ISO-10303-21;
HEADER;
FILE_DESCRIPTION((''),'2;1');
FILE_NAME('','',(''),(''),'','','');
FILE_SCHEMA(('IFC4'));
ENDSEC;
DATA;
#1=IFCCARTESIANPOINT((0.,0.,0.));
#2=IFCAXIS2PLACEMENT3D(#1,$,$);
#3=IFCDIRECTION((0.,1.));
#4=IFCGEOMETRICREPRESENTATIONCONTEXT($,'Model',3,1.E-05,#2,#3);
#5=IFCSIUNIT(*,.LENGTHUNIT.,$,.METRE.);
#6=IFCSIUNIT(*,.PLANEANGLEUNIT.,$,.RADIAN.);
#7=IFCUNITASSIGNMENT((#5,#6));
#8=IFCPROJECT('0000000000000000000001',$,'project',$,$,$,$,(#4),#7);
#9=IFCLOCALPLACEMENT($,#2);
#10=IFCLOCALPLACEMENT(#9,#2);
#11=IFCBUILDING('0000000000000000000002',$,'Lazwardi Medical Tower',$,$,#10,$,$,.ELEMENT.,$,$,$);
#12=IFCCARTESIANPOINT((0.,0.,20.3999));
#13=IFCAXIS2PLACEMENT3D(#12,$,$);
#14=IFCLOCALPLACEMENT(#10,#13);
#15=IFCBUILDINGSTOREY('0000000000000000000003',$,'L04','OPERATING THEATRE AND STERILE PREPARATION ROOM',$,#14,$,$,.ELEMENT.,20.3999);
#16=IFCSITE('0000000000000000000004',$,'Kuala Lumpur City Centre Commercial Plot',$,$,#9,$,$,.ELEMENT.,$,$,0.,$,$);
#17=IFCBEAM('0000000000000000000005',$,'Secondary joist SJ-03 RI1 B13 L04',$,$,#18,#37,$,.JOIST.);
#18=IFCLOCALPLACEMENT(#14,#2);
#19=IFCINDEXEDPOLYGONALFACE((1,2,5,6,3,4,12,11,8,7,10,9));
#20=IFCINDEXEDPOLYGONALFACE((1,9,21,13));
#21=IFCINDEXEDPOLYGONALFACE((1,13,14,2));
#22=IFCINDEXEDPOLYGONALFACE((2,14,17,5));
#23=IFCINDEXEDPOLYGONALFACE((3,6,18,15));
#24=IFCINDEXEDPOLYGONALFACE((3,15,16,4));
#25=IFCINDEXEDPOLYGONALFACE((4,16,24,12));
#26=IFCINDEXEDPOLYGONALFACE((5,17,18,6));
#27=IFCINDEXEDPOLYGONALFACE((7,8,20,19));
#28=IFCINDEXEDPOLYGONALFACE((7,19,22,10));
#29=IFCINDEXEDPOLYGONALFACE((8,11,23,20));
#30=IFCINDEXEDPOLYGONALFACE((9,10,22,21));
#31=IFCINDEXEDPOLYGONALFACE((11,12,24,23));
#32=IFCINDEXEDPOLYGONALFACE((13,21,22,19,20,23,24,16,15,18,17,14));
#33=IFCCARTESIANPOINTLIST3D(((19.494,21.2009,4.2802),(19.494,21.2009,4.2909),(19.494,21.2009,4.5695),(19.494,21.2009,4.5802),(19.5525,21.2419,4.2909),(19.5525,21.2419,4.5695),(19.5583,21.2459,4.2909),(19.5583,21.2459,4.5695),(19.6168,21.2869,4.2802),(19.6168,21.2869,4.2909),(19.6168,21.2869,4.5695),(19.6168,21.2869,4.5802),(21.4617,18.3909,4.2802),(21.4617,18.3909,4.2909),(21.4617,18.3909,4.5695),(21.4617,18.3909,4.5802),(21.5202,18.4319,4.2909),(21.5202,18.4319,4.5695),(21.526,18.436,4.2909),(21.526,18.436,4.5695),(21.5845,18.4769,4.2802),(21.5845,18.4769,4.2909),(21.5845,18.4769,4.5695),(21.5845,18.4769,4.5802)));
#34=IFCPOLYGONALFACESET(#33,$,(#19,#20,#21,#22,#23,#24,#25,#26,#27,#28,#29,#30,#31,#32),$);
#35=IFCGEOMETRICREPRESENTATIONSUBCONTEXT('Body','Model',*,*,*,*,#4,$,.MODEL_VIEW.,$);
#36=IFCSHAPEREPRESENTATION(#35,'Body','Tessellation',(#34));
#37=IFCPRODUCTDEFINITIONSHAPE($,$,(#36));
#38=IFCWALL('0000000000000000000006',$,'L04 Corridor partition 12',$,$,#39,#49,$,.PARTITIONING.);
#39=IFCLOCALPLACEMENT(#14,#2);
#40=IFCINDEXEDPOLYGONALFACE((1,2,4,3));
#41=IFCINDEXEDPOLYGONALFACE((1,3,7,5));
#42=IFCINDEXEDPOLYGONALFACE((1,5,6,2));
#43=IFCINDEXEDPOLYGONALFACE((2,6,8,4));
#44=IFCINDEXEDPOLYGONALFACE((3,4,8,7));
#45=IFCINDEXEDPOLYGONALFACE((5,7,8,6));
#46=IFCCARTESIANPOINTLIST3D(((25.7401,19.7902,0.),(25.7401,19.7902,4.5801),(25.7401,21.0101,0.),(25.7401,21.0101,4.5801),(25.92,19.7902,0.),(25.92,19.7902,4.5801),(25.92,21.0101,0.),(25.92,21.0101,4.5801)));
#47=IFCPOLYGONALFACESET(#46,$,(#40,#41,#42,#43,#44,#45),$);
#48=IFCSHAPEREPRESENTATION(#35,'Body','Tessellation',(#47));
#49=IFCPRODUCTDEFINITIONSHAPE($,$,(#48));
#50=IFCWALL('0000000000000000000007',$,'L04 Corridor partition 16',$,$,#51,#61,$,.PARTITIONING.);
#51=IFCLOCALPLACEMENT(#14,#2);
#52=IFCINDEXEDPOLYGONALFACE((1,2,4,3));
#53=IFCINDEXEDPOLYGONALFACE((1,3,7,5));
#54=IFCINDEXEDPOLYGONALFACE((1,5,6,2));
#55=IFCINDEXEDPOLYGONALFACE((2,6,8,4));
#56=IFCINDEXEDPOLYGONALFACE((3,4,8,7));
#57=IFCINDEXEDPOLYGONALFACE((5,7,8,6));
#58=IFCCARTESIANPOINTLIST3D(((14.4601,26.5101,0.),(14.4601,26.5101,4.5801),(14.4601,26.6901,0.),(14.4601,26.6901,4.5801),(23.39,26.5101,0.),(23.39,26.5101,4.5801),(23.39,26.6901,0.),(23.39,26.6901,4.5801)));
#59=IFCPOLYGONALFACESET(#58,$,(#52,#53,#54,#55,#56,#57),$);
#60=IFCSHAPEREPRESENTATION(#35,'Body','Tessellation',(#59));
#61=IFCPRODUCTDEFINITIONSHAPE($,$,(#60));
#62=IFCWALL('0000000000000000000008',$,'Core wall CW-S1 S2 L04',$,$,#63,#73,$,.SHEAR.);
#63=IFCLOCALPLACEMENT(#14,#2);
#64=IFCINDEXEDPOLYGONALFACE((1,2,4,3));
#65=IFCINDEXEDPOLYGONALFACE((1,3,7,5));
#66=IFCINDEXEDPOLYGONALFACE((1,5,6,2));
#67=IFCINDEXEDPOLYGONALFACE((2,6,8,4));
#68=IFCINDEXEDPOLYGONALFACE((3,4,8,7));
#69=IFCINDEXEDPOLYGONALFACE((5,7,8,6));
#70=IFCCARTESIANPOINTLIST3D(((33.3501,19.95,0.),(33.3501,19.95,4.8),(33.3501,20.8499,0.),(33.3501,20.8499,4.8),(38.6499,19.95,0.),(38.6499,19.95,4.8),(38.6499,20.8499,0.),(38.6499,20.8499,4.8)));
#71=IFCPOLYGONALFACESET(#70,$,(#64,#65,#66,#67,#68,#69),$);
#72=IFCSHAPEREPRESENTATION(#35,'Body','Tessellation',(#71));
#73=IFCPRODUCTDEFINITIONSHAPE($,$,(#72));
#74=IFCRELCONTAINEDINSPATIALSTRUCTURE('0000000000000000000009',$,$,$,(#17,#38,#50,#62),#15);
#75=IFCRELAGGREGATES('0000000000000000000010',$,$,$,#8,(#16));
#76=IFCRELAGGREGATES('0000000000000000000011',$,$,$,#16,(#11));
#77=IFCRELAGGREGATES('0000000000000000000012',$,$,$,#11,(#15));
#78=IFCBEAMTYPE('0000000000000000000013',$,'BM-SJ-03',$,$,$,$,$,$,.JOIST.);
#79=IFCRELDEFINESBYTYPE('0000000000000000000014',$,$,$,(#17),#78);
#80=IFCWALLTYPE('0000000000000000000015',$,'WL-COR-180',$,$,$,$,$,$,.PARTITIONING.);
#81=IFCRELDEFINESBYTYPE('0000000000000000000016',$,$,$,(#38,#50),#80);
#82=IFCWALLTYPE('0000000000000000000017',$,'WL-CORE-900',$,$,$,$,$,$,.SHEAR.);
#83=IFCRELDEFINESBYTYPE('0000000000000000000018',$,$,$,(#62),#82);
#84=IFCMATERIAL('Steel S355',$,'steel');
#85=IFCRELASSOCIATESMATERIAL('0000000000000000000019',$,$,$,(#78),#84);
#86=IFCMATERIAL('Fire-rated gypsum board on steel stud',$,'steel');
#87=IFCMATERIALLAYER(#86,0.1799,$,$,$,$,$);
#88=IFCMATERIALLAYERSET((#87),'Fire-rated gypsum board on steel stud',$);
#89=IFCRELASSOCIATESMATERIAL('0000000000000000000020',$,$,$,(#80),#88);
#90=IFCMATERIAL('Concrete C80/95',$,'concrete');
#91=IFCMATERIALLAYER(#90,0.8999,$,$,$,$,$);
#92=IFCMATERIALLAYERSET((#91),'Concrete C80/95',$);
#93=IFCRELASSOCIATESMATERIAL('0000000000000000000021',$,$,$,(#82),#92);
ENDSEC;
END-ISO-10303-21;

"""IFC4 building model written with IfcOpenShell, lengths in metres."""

from ifc_helpers import new_model, si_unit, direction, frame, frame_2d, origin, origin_2d, place, context, subcontext, project, spatial, rectangle, i_section, extrude, material, layer, layer_set, material_profile, profile_set, type_object, element, save


model = new_model("IFC4")

# Units and contexts
model_context = context("Model", 3, precision=1e-05, world=origin(), true_north=direction((0.0, 1.0)))
body_context = subcontext(model_context, "Body", "Model", "MODEL_VIEW")
ifc_project = project(units=[si_unit("LENGTHUNIT", "METRE"), si_unit("PLANEANGLEUNIT", "RADIAN")], contexts=[model_context])

# Site, building, storey
site_placement = place(None, origin())
site = spatial("IfcSite", under=ifc_project, at=site_placement, Name="Kuala Lumpur City Centre Commercial Plot", CompositionType="ELEMENT", RefElevation=0.0)
building_placement = place(site_placement, origin())
building = spatial("IfcBuilding", under=site, at=building_placement, Name="Lazwardi Medical Tower", CompositionType="ELEMENT")
storey_placement = place(building_placement, frame((0.0, 0.0, 20.3999)))
storey = spatial("IfcBuildingStorey", under=building, at=storey_placement, Name="L04", Description="OPERATING THEATRE AND STERILE PREPARATION ROOM", CompositionType="ELEMENT", Elevation=20.3999)

# Beam
ifc_material_1 = material(Name="Steel S355", Category="steel")
ifc_material_profile = material_profile(ifc_material_1, i_section(OverallWidth=0.1499, OverallDepth=0.3, WebThickness=0.0071, FlangeThickness=0.0107, at=origin_2d()), Name="IPE 300")
ifc_profile_set = profile_set([ifc_material_profile], Name="Steel S355")
beam_type = type_object("IfcBeamType", Name="BM-SJ-03", PredefinedType="JOIST", material=ifc_profile_set)
beam_placement = place(storey_placement, frame((19.5554, 21.2439, 4.4302), z_axis=(0.573606, -0.819132, 0.0), x_axis=(0.819132, 0.573606, 0.0)))
element("IfcBeam", 1, at=beam_placement, inside=storey, type_object=beam_type, Name="Secondary joist SJ-03 RI1 B13 L04", PredefinedType="JOIST", context=body_context, shape_type="SweptSolid", body=[
    extrude(i_section(OverallWidth=0.1499, OverallDepth=0.3, WebThickness=0.0071, FlangeThickness=0.0107, at=origin_2d()), origin(), (0.0, 0.0, 1.0), 3.4304),
])

# Walls
ifc_material_2 = material(Name="Fire-rated gypsum board on steel stud", Category="steel")
ifc_layer_1 = layer(ifc_material_2, 0.1799)
ifc_layer_set_1 = layer_set([ifc_layer_1], Name="Fire-rated gypsum board on steel stud")
wall_type_1 = type_object("IfcWallType", Name="WL-COR-180", PredefinedType="PARTITIONING", material=ifc_layer_set_1)
wall_1_placement = place(storey_placement, frame((25.8301, 21.01, 0.0), z_axis=(0.0, 0.0, 1.0), x_axis=(0.0, -1.0, 0.0)))
element("IfcWall", 2, at=wall_1_placement, inside=storey, type_object=wall_type_1, Name="L04 Corridor partition 12", PredefinedType="PARTITIONING", context=body_context, shape_type="SweptSolid", body=[
    extrude(rectangle(XDim=1.22, YDim=0.1799, at=frame_2d((0.6099, 0.0))), origin(), (0.0, 0.0, 1.0), 4.5801),
])
wall_2_placement = place(storey_placement, frame((23.3899, 26.6001, 0.0), z_axis=(0.0, 0.0, 1.0), x_axis=(-1.0, 0.0, 0.0)))
element("IfcWall", 3, at=wall_2_placement, inside=storey, type_object=wall_type_1, Name="L04 Corridor partition 16", PredefinedType="PARTITIONING", context=body_context, shape_type="SweptSolid", body=[
    extrude(rectangle(XDim=8.9299, YDim=0.1799, at=frame_2d((4.4648, 0.0))), origin(), (0.0, 0.0, 1.0), 4.5801),
])

# Shared definitions
ifc_material_3 = material(Name="Concrete C80/95", Category="concrete")
ifc_layer_2 = layer(ifc_material_3, 0.8999)
ifc_layer_set_2 = layer_set([ifc_layer_2], Name="Concrete C80/95")
wall_type_2 = type_object("IfcWallType", Name="WL-CORE-900", PredefinedType="SHEAR", material=ifc_layer_set_2)

# Wall
wall_3_placement = place(storey_placement, frame((33.3501, 20.3999, 0.0), z_axis=(0.0, 0.0, 1.0), x_axis=(1.0, 0.0, 0.0)))
element("IfcWall", 4, at=wall_3_placement, inside=storey, type_object=wall_type_2, Name="Core wall CW-S1 S2 L04", PredefinedType="SHEAR", context=body_context, shape_type="SweptSolid", body=[
    extrude(rectangle(XDim=5.2998, YDim=0.8999, at=frame_2d((2.6499, 0.0))), origin(), (0.0, 0.0, 1.0), 4.8),
])

save(model, "model.ifc")
